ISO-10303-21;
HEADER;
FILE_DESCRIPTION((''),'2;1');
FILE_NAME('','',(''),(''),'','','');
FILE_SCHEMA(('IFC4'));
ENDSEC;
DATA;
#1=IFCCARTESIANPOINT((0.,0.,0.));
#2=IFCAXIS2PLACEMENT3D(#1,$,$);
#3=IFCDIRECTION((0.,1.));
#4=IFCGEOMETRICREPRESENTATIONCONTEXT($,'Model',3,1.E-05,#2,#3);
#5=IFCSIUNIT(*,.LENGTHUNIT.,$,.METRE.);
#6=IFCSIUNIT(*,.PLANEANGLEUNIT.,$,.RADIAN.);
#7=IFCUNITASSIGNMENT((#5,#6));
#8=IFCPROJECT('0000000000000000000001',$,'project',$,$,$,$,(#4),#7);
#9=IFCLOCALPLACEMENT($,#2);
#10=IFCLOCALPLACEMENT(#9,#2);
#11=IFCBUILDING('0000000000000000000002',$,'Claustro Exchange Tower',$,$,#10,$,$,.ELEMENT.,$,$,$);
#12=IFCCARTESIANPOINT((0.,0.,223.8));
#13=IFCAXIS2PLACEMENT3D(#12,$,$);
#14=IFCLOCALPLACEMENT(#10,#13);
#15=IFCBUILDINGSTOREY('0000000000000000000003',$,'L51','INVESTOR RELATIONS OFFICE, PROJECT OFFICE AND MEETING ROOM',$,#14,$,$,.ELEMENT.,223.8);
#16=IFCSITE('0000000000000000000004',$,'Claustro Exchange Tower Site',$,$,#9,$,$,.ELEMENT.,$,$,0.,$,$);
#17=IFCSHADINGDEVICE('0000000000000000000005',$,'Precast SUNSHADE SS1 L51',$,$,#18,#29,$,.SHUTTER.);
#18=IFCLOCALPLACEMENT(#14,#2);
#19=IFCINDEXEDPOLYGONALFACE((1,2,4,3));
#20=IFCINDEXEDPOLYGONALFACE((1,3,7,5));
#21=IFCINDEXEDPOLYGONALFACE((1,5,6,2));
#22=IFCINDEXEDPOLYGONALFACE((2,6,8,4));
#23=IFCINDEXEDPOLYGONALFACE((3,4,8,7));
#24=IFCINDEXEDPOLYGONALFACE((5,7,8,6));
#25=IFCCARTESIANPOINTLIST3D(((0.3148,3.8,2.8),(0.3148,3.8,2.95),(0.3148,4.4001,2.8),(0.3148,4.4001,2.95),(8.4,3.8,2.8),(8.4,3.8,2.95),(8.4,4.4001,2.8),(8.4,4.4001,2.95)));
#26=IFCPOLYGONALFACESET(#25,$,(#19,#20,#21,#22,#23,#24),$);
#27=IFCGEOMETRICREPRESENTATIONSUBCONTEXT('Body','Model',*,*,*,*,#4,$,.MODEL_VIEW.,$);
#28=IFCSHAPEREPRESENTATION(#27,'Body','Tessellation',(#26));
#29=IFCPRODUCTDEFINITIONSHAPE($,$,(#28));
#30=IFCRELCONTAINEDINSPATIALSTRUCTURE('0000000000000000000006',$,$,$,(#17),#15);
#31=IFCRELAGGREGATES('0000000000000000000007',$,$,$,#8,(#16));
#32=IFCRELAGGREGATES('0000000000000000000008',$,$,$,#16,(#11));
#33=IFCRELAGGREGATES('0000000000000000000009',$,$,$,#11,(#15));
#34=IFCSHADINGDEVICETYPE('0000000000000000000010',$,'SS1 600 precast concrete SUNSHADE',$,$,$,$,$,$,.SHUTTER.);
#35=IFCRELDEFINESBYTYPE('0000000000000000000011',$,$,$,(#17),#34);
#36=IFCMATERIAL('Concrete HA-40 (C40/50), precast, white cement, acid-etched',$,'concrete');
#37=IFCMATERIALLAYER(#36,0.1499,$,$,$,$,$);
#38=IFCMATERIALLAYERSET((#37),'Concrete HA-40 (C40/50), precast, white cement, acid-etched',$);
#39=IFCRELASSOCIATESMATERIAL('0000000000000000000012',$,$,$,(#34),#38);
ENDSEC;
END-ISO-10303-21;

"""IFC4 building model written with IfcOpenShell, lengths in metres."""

from ifc_helpers import new_model, si_unit, direction, frame, origin, origin_2d, place, context, subcontext, project, spatial, rectangle, extrude, material, layer, layer_set, type_object, element, save


model = new_model("IFC4")

# Units and contexts
model_context = context("Model", 3, precision=1e-05, world=origin(), true_north=direction((0.0, 1.0)))
body_context = subcontext(model_context, "Body", "Model", "MODEL_VIEW")
ifc_project = project(units=[si_unit("LENGTHUNIT", "METRE"), si_unit("PLANEANGLEUNIT", "RADIAN")], contexts=[model_context])

# Site, building, storey
site_placement = place(None, origin())
site = spatial("IfcSite", under=ifc_project, at=site_placement, Name="Claustro Exchange Tower Site", CompositionType="ELEMENT", RefElevation=0.0)
building_placement = place(site_placement, origin())
building = spatial("IfcBuilding", under=site, at=building_placement, Name="Claustro Exchange Tower", CompositionType="ELEMENT")
storey_placement = place(building_placement, frame((0.0, 0.0, 223.8)))
storey = spatial("IfcBuildingStorey", under=building, at=storey_placement, Name="L51", Description="INVESTOR RELATIONS OFFICE, PROJECT OFFICE AND MEETING ROOM", CompositionType="ELEMENT", Elevation=223.8)

# Shading device
ifc_material_1 = material(Name="Concrete HA-40 (C40/50), precast, white cement, acid-etched", Category="concrete")
ifc_layer_1 = layer(ifc_material_1, 0.1499)
ifc_layer_set_1 = layer_set([ifc_layer_1], Name="Concrete HA-40 (C40/50), precast, white cement, acid-etched")
shading_device_type = type_object("IfcShadingDeviceType", Name="SS1 600 precast concrete SUNSHADE", PredefinedType="SHUTTER", material=ifc_layer_set_1)
shading_device_placement = place(storey_placement, frame((4.3574, 4.1001, 2.8), z_axis=(0.0, 0.0, 1.0), x_axis=(-1.0, 0.0, 0.0)))
element("IfcShadingDevice", 1, at=shading_device_placement, inside=storey, type_object=shading_device_type, Name="Precast SUNSHADE SS1 L51", PredefinedType="SHUTTER", context=body_context, shape_type="SweptSolid", body=[
    extrude(rectangle(XDim=8.0852, YDim=0.6001, at=origin_2d()), origin(), (0.0, 0.0, 1.0), 0.1499),
])

save(model, "model.ifc")
